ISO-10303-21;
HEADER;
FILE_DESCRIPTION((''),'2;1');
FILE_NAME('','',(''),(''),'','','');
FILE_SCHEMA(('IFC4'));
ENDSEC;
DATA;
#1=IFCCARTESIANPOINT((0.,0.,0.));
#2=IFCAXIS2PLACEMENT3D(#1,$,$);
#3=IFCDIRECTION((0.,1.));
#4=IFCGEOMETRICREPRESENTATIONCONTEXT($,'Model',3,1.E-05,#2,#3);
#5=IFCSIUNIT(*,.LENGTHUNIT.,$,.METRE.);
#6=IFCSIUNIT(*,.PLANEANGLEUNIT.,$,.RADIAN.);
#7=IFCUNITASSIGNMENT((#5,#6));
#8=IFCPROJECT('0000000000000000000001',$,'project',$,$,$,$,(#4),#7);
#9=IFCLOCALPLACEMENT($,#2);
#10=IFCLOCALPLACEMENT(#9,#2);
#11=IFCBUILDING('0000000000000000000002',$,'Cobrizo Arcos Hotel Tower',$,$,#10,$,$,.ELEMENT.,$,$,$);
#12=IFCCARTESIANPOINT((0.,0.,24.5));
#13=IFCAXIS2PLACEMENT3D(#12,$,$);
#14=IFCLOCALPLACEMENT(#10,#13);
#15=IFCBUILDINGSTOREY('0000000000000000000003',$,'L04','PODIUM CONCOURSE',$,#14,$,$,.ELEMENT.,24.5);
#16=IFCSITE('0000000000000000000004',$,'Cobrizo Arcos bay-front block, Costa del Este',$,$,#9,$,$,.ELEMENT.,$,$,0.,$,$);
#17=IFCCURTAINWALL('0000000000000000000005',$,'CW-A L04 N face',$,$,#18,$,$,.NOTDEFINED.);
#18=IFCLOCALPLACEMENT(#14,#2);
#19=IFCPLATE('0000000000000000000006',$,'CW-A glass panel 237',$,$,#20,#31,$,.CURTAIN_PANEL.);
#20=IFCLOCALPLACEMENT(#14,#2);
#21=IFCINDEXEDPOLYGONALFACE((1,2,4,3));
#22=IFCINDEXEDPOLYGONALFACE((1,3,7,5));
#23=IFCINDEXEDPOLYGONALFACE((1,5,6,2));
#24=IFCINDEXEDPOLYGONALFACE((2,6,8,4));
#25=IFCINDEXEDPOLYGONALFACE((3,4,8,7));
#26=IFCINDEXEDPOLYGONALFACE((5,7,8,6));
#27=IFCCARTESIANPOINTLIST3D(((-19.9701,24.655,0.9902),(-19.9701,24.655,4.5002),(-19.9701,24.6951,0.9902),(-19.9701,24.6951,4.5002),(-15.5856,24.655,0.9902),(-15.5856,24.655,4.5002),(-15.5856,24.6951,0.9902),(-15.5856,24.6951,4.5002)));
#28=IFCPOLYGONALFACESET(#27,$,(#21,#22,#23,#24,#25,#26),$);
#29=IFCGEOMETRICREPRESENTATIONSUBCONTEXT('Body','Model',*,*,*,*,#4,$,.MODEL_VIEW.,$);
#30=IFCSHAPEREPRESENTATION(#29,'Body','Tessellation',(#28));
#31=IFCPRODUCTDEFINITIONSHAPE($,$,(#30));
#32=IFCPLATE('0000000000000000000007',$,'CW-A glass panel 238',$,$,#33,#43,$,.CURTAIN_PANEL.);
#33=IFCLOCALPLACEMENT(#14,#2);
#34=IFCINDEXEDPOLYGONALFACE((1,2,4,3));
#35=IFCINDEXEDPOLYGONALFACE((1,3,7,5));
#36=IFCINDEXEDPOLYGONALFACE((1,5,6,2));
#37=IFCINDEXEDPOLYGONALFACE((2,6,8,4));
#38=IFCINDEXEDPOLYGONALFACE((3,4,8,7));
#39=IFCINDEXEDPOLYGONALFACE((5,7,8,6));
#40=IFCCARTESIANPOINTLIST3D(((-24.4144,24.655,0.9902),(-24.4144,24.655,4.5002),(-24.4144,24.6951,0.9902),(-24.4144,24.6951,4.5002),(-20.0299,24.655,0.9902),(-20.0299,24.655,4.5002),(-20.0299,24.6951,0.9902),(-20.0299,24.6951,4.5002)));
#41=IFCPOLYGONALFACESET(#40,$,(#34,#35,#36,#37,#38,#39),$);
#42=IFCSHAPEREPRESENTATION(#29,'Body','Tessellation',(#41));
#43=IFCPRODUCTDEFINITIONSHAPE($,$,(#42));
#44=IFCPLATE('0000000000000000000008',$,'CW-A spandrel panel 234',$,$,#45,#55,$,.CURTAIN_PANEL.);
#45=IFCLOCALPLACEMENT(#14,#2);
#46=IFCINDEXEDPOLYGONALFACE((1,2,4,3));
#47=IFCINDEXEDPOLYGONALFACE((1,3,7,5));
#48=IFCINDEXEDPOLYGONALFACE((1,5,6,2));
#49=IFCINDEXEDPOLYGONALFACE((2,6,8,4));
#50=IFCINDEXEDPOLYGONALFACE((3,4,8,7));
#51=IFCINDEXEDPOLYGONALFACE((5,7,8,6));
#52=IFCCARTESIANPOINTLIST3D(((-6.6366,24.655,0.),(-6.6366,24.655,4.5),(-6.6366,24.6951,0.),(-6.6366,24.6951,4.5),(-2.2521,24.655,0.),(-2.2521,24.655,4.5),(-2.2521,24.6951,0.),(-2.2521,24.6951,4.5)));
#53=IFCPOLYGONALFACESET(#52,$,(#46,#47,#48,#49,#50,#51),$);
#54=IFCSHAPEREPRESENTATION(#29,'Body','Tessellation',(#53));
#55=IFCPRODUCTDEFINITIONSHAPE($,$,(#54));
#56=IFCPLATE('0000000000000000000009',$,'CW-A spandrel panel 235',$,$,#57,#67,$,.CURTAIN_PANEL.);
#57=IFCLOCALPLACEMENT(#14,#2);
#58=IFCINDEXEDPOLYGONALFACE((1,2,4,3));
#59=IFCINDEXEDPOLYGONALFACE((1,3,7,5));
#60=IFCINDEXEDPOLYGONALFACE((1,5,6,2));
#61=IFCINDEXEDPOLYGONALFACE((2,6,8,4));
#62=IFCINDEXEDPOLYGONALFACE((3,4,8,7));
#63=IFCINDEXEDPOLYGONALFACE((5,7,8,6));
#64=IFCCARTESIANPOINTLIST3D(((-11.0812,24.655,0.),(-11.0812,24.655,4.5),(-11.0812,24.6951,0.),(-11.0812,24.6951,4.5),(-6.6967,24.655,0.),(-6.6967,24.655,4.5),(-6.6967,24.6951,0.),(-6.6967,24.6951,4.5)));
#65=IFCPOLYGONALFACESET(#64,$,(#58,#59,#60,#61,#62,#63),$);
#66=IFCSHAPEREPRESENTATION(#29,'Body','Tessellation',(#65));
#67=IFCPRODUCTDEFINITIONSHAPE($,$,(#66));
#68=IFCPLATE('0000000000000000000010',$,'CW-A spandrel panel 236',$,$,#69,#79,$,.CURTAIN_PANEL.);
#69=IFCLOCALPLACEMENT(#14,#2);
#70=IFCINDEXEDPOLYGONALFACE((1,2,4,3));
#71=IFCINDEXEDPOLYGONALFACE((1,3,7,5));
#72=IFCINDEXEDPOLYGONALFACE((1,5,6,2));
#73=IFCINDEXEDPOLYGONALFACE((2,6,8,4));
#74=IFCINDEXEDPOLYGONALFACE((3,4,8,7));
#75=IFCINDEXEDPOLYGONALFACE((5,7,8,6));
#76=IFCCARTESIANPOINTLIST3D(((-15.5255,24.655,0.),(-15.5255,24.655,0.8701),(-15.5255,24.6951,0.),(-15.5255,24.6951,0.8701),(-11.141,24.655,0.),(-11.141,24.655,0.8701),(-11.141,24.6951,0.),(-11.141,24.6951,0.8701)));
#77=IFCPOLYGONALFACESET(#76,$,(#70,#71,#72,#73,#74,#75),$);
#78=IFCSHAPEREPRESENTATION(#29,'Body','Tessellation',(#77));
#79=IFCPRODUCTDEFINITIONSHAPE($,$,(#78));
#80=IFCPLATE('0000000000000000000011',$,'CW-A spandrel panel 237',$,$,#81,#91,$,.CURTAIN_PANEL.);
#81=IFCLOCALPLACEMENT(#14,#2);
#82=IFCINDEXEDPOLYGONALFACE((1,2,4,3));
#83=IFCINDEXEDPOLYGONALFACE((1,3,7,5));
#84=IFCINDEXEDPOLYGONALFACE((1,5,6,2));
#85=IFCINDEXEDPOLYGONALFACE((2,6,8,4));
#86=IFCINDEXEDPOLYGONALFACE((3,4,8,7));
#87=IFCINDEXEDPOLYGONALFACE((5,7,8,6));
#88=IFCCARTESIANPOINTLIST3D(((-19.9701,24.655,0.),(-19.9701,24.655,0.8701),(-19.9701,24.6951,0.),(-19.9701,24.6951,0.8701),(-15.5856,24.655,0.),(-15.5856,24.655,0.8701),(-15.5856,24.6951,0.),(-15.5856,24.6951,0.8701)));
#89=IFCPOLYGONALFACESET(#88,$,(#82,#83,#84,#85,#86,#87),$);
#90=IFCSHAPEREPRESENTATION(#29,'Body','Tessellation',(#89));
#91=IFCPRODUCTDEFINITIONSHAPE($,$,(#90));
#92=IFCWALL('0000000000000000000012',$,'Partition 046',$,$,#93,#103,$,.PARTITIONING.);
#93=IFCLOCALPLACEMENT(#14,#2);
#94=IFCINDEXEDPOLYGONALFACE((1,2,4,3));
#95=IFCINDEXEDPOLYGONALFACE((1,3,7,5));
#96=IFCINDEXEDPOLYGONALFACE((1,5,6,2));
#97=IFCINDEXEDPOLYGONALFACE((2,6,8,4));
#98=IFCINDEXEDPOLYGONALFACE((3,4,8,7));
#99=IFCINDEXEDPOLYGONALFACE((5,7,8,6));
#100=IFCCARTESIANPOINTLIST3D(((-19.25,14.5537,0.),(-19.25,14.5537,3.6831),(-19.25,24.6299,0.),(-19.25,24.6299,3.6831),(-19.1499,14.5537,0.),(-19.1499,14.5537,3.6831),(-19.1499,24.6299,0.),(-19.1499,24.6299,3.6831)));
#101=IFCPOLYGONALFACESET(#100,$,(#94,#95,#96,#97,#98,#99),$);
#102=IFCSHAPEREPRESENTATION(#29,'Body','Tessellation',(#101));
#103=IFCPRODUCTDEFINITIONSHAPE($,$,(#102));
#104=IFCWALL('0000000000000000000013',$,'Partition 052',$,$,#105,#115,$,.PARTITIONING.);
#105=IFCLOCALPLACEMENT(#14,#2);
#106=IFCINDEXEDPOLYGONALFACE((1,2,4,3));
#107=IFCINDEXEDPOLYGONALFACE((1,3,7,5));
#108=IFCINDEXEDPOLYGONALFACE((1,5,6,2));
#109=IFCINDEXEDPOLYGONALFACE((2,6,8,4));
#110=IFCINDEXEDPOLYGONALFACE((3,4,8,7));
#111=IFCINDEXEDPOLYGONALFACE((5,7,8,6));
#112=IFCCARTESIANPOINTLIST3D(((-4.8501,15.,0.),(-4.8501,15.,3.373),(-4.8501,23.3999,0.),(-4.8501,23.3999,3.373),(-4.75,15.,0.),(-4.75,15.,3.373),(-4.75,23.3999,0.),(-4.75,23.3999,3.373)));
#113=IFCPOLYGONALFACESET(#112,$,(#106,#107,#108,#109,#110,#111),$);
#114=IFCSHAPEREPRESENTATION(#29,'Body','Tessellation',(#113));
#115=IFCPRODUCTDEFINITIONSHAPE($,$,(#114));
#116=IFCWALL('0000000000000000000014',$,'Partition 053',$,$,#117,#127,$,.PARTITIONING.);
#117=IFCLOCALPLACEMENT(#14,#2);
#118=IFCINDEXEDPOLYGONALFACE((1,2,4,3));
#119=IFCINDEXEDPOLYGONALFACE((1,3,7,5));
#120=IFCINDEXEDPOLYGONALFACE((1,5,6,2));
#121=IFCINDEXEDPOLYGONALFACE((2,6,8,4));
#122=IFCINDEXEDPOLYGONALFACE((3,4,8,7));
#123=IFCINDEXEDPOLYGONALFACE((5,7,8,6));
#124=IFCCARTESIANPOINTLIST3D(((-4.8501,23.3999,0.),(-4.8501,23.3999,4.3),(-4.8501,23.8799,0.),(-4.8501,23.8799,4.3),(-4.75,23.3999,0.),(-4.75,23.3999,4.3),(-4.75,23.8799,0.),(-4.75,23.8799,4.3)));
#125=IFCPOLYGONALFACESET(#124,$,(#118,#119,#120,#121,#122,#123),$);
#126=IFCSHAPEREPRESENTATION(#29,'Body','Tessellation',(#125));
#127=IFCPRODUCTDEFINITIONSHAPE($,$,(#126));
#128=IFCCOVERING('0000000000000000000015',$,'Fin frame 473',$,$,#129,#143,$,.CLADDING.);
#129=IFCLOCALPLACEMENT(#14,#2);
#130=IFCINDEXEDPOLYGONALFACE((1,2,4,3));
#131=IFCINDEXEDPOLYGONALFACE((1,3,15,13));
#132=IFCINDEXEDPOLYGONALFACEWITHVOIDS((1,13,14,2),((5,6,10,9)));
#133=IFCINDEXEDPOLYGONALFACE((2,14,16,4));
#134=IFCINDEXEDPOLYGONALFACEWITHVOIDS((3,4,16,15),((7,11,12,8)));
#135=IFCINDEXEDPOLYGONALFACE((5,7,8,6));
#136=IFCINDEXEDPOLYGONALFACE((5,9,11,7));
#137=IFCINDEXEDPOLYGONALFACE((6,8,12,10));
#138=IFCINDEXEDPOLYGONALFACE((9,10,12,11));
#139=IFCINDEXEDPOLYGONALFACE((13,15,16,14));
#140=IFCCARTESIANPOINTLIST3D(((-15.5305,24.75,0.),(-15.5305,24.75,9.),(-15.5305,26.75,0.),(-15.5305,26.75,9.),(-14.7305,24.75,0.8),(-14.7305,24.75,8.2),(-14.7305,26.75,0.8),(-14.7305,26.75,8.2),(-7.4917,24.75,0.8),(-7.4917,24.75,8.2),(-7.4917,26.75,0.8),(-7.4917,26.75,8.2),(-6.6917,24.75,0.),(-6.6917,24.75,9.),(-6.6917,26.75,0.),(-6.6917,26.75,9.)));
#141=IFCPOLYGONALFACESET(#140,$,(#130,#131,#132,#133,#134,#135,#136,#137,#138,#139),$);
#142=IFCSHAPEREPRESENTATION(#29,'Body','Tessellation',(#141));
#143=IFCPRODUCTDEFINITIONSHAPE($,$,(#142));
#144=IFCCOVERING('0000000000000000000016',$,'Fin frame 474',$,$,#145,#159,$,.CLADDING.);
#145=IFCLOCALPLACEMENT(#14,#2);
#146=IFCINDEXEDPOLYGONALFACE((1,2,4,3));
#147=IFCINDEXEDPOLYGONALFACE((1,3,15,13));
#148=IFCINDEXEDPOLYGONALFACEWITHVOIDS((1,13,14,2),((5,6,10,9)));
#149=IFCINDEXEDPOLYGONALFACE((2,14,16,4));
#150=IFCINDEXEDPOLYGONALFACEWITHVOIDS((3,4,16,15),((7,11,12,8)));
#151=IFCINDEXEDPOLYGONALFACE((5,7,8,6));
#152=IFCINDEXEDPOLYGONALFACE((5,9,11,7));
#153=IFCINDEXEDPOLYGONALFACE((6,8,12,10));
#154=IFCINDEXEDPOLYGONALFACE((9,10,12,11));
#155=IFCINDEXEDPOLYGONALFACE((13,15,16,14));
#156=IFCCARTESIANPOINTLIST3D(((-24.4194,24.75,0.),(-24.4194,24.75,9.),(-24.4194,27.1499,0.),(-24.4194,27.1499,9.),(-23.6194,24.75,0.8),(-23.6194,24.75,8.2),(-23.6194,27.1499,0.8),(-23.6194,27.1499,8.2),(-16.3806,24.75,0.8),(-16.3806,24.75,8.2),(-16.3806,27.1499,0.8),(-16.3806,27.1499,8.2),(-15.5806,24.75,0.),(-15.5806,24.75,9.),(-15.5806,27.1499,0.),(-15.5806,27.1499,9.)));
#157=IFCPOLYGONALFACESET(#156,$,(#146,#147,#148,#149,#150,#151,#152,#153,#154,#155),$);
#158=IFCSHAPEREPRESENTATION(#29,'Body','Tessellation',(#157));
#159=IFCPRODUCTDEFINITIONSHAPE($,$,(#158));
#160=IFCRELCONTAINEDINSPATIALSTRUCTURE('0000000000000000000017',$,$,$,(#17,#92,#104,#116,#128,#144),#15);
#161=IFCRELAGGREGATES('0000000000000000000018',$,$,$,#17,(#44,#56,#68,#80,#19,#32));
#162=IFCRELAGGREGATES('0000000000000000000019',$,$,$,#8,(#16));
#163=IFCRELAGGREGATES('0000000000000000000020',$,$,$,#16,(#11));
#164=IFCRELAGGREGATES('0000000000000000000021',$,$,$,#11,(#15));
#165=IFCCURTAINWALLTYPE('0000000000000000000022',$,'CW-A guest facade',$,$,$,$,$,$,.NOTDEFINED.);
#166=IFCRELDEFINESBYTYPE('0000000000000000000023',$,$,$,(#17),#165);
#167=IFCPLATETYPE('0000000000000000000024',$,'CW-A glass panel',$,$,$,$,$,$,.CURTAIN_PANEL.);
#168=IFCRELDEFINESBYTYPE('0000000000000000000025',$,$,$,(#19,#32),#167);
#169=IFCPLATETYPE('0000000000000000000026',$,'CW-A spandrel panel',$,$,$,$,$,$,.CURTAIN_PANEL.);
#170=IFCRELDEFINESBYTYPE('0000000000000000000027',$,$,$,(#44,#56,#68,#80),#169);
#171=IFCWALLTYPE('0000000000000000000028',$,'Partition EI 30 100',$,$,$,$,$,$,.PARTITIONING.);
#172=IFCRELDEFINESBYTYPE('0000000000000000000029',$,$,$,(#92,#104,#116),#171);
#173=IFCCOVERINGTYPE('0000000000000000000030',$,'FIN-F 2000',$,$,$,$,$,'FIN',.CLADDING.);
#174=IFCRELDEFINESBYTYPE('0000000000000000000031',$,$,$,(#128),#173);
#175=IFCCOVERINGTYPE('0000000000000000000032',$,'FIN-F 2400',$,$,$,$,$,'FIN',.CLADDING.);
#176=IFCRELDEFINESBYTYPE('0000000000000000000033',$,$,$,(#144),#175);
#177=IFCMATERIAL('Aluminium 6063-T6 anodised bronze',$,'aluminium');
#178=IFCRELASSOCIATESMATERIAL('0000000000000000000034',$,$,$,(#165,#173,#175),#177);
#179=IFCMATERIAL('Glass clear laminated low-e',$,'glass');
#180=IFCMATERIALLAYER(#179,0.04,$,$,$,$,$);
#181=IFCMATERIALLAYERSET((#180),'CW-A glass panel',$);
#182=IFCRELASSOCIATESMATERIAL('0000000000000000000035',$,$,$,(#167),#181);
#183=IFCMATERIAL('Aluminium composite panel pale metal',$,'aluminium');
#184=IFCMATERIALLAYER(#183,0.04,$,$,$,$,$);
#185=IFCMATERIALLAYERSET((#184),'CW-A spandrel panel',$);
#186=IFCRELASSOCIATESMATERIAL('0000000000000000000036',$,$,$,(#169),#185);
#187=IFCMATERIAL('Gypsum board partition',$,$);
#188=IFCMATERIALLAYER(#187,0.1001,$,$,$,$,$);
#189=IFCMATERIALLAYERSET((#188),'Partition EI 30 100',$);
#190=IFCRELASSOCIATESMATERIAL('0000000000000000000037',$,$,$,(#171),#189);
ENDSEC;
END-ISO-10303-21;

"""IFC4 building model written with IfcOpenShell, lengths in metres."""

from ifc_helpers import new_model, si_unit, direction, frame, frame_2d, origin, origin_2d, place, context, subcontext, project, spatial, polyline, rectangle, outline, extrude, material, layer, layer_set, type_object, element, aggregate, save


model = new_model("IFC4")

# Units and contexts
model_context = context("Model", 3, precision=1e-05, world=origin(), true_north=direction((0.0, 1.0)))
body_context = subcontext(model_context, "Body", "Model", "MODEL_VIEW")
ifc_project = project(units=[si_unit("LENGTHUNIT", "METRE"), si_unit("PLANEANGLEUNIT", "RADIAN")], contexts=[model_context])

# Site, building, storey
site_placement = place(None, origin())
site = spatial("IfcSite", under=ifc_project, at=site_placement, Name="Cobrizo Arcos bay-front block, Costa del Este", CompositionType="ELEMENT", RefElevation=0.0)
building_placement = place(site_placement, origin())
building = spatial("IfcBuilding", under=site, at=building_placement, Name="Cobrizo Arcos Hotel Tower", CompositionType="ELEMENT")
storey_placement = place(building_placement, frame((0.0, 0.0, 24.5)))
storey = spatial("IfcBuildingStorey", under=building, at=storey_placement, Name="L04", Description="PODIUM CONCOURSE", CompositionType="ELEMENT", Elevation=24.5)

# Curtain wall
ifc_material_1 = material(Name="Aluminium 6063-T6 anodised bronze", Category="aluminium")
curtain_wall_type = type_object("IfcCurtainWallType", Name="CW-A guest facade", PredefinedType="NOTDEFINED", material=ifc_material_1)
curtain_wall_placement = place(storey_placement, origin())
curtain_wall = element("IfcCurtainWall", 1, at=curtain_wall_placement, inside=storey, type_object=curtain_wall_type, Name="CW-A L04 N face", PredefinedType="NOTDEFINED")

# Plates
ifc_material_2 = material(Name="Glass clear laminated low-e", Category="glass")
ifc_layer_1 = layer(ifc_material_2, 0.04)
ifc_layer_set_1 = layer_set([ifc_layer_1], Name="CW-A glass panel")
plate_type_1 = type_object("IfcPlateType", Name="CW-A glass panel", PredefinedType="CURTAIN_PANEL", material=ifc_layer_set_1)
plate_1_placement = place(storey_placement, frame((-17.7778, 24.675, 0.9902), z_axis=(0.0, 0.0, 1.0), x_axis=(-1.0, 0.0, 0.0)))
plate_1 = element("IfcPlate", 2, at=plate_1_placement, type_object=plate_type_1, Name="CW-A glass panel 237", PredefinedType="CURTAIN_PANEL", context=body_context, shape_type="SweptSolid", body=[
    extrude(rectangle(XDim=4.3845, YDim=0.04, at=origin_2d()), origin(), (0.0, 0.0, 1.0), 3.51),
])
plate_2_placement = place(storey_placement, frame((-22.2222, 24.675, 0.9902), z_axis=(0.0, 0.0, 1.0), x_axis=(-1.0, 0.0, 0.0)))
plate_2 = element("IfcPlate", 3, at=plate_2_placement, type_object=plate_type_1, Name="CW-A glass panel 238", PredefinedType="CURTAIN_PANEL", context=body_context, shape_type="SweptSolid", body=[
    extrude(rectangle(XDim=4.3845, YDim=0.04, at=origin_2d()), origin(), (0.0, 0.0, 1.0), 3.51),
])
ifc_material_3 = material(Name="Aluminium composite panel pale metal", Category="aluminium")
ifc_layer_2 = layer(ifc_material_3, 0.04)
ifc_layer_set_2 = layer_set([ifc_layer_2], Name="CW-A spandrel panel")
plate_type_2 = type_object("IfcPlateType", Name="CW-A spandrel panel", PredefinedType="CURTAIN_PANEL", material=ifc_layer_set_2)
plate_3_placement = place(storey_placement, frame((-4.4443, 24.675, 0.0), z_axis=(0.0, 0.0, 1.0), x_axis=(-1.0, 0.0, 0.0)))
plate_3 = element("IfcPlate", 4, at=plate_3_placement, type_object=plate_type_2, Name="CW-A spandrel panel 234", PredefinedType="CURTAIN_PANEL", context=body_context, shape_type="SweptSolid", body=[
    extrude(rectangle(XDim=4.3845, YDim=0.04, at=origin_2d()), origin(), (0.0, 0.0, 1.0), 4.5),
])
plate_4_placement = place(storey_placement, frame((-8.8889, 24.675, 0.0), z_axis=(0.0, 0.0, 1.0), x_axis=(-1.0, 0.0, 0.0)))
plate_4 = element("IfcPlate", 5, at=plate_4_placement, type_object=plate_type_2, Name="CW-A spandrel panel 235", PredefinedType="CURTAIN_PANEL", context=body_context, shape_type="SweptSolid", body=[
    extrude(rectangle(XDim=4.3845, YDim=0.04, at=origin_2d()), origin(), (0.0, 0.0, 1.0), 4.5),
])
plate_5_placement = place(storey_placement, frame((-13.3333, 24.675, 0.0), z_axis=(0.0, 0.0, 1.0), x_axis=(-1.0, 0.0, 0.0)))
plate_5 = element("IfcPlate", 6, at=plate_5_placement, type_object=plate_type_2, Name="CW-A spandrel panel 236", PredefinedType="CURTAIN_PANEL", context=body_context, shape_type="SweptSolid", body=[
    extrude(rectangle(XDim=4.3845, YDim=0.04, at=origin_2d()), origin(), (0.0, 0.0, 1.0), 0.8701),
])
plate_6_placement = place(storey_placement, frame((-17.7778, 24.675, 0.0), z_axis=(0.0, 0.0, 1.0), x_axis=(-1.0, 0.0, 0.0)))
plate_6 = element("IfcPlate", 7, at=plate_6_placement, type_object=plate_type_2, Name="CW-A spandrel panel 237", PredefinedType="CURTAIN_PANEL", context=body_context, shape_type="SweptSolid", body=[
    extrude(rectangle(XDim=4.3845, YDim=0.04, at=origin_2d()), origin(), (0.0, 0.0, 1.0), 0.8701),
])
aggregate(curtain_wall, [plate_3, plate_4, plate_5, plate_6, plate_1, plate_2])

# Walls
ifc_material_4 = material(Name="Gypsum board partition")
ifc_layer_3 = layer(ifc_material_4, 0.1001)
ifc_layer_set_3 = layer_set([ifc_layer_3], Name="Partition EI 30 100")
wall_type = type_object("IfcWallType", Name="Partition EI 30 100", PredefinedType="PARTITIONING", material=ifc_layer_set_3)
wall_1_placement = place(storey_placement, frame((-19.2, 14.5537, 0.0), z_axis=(0.0, 0.0, 1.0), x_axis=(0.0, 1.0, 0.0)))
element("IfcWall", 8, at=wall_1_placement, inside=storey, type_object=wall_type, Name="Partition 046", PredefinedType="PARTITIONING", context=body_context, shape_type="SweptSolid", body=[
    extrude(rectangle(XDim=10.0762, YDim=0.1001, at=frame_2d((5.0381, 0.0))), origin(), (0.0, 0.0, 1.0), 3.6831),
])
wall_2_placement = place(storey_placement, frame((-4.8, 15.0, 0.0), z_axis=(0.0, 0.0, 1.0), x_axis=(0.0, 1.0, 0.0)))
element("IfcWall", 9, at=wall_2_placement, inside=storey, type_object=wall_type, Name="Partition 052", PredefinedType="PARTITIONING", context=body_context, shape_type="SweptSolid", body=[
    extrude(rectangle(XDim=8.3999, YDim=0.1001, at=frame_2d((4.2, 0.0))), origin(), (0.0, 0.0, 1.0), 3.373),
])
wall_3_placement = place(storey_placement, frame((-4.8, 23.3999, 0.0), z_axis=(0.0, 0.0, 1.0), x_axis=(0.0, 1.0, 0.0)))
element("IfcWall", 10, at=wall_3_placement, inside=storey, type_object=wall_type, Name="Partition 053", PredefinedType="PARTITIONING", context=body_context, shape_type="SweptSolid", body=[
    extrude(rectangle(XDim=0.48, YDim=0.1001, at=frame_2d((0.24, 0.0))), origin(), (0.0, 0.0, 1.0), 4.3),
])

# Coverings
covering_type_1 = type_object("IfcCoveringType", Name="FIN-F 2000", ElementType="FIN", PredefinedType="CLADDING", material=ifc_material_1)
covering_1_placement = place(storey_placement, frame((-6.6917, 24.75, 0.0), z_axis=(0.0, 1.0, 0.0), x_axis=(-1.0, 0.0, 0.0)))
element("IfcCovering", 11, at=covering_1_placement, inside=storey, type_object=covering_type_1, Name="Fin frame 473", PredefinedType="CLADDING", context=body_context, shape_type="SweptSolid", body=[
    extrude(outline(polyline([(0.0, 9.0), (0.0, 0.0), (8.8389, 0.0), (8.8389, 9.0), (0.0, 9.0)]), holes=[polyline([(8.0388, 0.8), (0.8, 0.8), (0.8, 8.2), (8.0388, 8.2), (8.0388, 0.8)])]), origin(), (0.0, 0.0, 1.0), 2.0),
])
covering_type_2 = type_object("IfcCoveringType", Name="FIN-F 2400", ElementType="FIN", PredefinedType="CLADDING", material=ifc_material_1)
covering_2_placement = place(storey_placement, frame((-15.5806, 24.75, 0.0), z_axis=(0.0, 1.0, 0.0), x_axis=(-1.0, 0.0, 0.0)))
element("IfcCovering", 12, at=covering_2_placement, inside=storey, type_object=covering_type_2, Name="Fin frame 474", PredefinedType="CLADDING", context=body_context, shape_type="SweptSolid", body=[
    extrude(outline(polyline([(0.0, 9.0), (0.0, 0.0), (8.8389, 0.0), (8.8389, 9.0), (0.0, 9.0)]), holes=[polyline([(8.0388, 0.8), (0.8, 0.8), (0.8, 8.2), (8.0388, 8.2), (8.0388, 0.8)])]), origin(), (0.0, 0.0, 1.0), 2.3999),
])

save(model, "model.ifc")
